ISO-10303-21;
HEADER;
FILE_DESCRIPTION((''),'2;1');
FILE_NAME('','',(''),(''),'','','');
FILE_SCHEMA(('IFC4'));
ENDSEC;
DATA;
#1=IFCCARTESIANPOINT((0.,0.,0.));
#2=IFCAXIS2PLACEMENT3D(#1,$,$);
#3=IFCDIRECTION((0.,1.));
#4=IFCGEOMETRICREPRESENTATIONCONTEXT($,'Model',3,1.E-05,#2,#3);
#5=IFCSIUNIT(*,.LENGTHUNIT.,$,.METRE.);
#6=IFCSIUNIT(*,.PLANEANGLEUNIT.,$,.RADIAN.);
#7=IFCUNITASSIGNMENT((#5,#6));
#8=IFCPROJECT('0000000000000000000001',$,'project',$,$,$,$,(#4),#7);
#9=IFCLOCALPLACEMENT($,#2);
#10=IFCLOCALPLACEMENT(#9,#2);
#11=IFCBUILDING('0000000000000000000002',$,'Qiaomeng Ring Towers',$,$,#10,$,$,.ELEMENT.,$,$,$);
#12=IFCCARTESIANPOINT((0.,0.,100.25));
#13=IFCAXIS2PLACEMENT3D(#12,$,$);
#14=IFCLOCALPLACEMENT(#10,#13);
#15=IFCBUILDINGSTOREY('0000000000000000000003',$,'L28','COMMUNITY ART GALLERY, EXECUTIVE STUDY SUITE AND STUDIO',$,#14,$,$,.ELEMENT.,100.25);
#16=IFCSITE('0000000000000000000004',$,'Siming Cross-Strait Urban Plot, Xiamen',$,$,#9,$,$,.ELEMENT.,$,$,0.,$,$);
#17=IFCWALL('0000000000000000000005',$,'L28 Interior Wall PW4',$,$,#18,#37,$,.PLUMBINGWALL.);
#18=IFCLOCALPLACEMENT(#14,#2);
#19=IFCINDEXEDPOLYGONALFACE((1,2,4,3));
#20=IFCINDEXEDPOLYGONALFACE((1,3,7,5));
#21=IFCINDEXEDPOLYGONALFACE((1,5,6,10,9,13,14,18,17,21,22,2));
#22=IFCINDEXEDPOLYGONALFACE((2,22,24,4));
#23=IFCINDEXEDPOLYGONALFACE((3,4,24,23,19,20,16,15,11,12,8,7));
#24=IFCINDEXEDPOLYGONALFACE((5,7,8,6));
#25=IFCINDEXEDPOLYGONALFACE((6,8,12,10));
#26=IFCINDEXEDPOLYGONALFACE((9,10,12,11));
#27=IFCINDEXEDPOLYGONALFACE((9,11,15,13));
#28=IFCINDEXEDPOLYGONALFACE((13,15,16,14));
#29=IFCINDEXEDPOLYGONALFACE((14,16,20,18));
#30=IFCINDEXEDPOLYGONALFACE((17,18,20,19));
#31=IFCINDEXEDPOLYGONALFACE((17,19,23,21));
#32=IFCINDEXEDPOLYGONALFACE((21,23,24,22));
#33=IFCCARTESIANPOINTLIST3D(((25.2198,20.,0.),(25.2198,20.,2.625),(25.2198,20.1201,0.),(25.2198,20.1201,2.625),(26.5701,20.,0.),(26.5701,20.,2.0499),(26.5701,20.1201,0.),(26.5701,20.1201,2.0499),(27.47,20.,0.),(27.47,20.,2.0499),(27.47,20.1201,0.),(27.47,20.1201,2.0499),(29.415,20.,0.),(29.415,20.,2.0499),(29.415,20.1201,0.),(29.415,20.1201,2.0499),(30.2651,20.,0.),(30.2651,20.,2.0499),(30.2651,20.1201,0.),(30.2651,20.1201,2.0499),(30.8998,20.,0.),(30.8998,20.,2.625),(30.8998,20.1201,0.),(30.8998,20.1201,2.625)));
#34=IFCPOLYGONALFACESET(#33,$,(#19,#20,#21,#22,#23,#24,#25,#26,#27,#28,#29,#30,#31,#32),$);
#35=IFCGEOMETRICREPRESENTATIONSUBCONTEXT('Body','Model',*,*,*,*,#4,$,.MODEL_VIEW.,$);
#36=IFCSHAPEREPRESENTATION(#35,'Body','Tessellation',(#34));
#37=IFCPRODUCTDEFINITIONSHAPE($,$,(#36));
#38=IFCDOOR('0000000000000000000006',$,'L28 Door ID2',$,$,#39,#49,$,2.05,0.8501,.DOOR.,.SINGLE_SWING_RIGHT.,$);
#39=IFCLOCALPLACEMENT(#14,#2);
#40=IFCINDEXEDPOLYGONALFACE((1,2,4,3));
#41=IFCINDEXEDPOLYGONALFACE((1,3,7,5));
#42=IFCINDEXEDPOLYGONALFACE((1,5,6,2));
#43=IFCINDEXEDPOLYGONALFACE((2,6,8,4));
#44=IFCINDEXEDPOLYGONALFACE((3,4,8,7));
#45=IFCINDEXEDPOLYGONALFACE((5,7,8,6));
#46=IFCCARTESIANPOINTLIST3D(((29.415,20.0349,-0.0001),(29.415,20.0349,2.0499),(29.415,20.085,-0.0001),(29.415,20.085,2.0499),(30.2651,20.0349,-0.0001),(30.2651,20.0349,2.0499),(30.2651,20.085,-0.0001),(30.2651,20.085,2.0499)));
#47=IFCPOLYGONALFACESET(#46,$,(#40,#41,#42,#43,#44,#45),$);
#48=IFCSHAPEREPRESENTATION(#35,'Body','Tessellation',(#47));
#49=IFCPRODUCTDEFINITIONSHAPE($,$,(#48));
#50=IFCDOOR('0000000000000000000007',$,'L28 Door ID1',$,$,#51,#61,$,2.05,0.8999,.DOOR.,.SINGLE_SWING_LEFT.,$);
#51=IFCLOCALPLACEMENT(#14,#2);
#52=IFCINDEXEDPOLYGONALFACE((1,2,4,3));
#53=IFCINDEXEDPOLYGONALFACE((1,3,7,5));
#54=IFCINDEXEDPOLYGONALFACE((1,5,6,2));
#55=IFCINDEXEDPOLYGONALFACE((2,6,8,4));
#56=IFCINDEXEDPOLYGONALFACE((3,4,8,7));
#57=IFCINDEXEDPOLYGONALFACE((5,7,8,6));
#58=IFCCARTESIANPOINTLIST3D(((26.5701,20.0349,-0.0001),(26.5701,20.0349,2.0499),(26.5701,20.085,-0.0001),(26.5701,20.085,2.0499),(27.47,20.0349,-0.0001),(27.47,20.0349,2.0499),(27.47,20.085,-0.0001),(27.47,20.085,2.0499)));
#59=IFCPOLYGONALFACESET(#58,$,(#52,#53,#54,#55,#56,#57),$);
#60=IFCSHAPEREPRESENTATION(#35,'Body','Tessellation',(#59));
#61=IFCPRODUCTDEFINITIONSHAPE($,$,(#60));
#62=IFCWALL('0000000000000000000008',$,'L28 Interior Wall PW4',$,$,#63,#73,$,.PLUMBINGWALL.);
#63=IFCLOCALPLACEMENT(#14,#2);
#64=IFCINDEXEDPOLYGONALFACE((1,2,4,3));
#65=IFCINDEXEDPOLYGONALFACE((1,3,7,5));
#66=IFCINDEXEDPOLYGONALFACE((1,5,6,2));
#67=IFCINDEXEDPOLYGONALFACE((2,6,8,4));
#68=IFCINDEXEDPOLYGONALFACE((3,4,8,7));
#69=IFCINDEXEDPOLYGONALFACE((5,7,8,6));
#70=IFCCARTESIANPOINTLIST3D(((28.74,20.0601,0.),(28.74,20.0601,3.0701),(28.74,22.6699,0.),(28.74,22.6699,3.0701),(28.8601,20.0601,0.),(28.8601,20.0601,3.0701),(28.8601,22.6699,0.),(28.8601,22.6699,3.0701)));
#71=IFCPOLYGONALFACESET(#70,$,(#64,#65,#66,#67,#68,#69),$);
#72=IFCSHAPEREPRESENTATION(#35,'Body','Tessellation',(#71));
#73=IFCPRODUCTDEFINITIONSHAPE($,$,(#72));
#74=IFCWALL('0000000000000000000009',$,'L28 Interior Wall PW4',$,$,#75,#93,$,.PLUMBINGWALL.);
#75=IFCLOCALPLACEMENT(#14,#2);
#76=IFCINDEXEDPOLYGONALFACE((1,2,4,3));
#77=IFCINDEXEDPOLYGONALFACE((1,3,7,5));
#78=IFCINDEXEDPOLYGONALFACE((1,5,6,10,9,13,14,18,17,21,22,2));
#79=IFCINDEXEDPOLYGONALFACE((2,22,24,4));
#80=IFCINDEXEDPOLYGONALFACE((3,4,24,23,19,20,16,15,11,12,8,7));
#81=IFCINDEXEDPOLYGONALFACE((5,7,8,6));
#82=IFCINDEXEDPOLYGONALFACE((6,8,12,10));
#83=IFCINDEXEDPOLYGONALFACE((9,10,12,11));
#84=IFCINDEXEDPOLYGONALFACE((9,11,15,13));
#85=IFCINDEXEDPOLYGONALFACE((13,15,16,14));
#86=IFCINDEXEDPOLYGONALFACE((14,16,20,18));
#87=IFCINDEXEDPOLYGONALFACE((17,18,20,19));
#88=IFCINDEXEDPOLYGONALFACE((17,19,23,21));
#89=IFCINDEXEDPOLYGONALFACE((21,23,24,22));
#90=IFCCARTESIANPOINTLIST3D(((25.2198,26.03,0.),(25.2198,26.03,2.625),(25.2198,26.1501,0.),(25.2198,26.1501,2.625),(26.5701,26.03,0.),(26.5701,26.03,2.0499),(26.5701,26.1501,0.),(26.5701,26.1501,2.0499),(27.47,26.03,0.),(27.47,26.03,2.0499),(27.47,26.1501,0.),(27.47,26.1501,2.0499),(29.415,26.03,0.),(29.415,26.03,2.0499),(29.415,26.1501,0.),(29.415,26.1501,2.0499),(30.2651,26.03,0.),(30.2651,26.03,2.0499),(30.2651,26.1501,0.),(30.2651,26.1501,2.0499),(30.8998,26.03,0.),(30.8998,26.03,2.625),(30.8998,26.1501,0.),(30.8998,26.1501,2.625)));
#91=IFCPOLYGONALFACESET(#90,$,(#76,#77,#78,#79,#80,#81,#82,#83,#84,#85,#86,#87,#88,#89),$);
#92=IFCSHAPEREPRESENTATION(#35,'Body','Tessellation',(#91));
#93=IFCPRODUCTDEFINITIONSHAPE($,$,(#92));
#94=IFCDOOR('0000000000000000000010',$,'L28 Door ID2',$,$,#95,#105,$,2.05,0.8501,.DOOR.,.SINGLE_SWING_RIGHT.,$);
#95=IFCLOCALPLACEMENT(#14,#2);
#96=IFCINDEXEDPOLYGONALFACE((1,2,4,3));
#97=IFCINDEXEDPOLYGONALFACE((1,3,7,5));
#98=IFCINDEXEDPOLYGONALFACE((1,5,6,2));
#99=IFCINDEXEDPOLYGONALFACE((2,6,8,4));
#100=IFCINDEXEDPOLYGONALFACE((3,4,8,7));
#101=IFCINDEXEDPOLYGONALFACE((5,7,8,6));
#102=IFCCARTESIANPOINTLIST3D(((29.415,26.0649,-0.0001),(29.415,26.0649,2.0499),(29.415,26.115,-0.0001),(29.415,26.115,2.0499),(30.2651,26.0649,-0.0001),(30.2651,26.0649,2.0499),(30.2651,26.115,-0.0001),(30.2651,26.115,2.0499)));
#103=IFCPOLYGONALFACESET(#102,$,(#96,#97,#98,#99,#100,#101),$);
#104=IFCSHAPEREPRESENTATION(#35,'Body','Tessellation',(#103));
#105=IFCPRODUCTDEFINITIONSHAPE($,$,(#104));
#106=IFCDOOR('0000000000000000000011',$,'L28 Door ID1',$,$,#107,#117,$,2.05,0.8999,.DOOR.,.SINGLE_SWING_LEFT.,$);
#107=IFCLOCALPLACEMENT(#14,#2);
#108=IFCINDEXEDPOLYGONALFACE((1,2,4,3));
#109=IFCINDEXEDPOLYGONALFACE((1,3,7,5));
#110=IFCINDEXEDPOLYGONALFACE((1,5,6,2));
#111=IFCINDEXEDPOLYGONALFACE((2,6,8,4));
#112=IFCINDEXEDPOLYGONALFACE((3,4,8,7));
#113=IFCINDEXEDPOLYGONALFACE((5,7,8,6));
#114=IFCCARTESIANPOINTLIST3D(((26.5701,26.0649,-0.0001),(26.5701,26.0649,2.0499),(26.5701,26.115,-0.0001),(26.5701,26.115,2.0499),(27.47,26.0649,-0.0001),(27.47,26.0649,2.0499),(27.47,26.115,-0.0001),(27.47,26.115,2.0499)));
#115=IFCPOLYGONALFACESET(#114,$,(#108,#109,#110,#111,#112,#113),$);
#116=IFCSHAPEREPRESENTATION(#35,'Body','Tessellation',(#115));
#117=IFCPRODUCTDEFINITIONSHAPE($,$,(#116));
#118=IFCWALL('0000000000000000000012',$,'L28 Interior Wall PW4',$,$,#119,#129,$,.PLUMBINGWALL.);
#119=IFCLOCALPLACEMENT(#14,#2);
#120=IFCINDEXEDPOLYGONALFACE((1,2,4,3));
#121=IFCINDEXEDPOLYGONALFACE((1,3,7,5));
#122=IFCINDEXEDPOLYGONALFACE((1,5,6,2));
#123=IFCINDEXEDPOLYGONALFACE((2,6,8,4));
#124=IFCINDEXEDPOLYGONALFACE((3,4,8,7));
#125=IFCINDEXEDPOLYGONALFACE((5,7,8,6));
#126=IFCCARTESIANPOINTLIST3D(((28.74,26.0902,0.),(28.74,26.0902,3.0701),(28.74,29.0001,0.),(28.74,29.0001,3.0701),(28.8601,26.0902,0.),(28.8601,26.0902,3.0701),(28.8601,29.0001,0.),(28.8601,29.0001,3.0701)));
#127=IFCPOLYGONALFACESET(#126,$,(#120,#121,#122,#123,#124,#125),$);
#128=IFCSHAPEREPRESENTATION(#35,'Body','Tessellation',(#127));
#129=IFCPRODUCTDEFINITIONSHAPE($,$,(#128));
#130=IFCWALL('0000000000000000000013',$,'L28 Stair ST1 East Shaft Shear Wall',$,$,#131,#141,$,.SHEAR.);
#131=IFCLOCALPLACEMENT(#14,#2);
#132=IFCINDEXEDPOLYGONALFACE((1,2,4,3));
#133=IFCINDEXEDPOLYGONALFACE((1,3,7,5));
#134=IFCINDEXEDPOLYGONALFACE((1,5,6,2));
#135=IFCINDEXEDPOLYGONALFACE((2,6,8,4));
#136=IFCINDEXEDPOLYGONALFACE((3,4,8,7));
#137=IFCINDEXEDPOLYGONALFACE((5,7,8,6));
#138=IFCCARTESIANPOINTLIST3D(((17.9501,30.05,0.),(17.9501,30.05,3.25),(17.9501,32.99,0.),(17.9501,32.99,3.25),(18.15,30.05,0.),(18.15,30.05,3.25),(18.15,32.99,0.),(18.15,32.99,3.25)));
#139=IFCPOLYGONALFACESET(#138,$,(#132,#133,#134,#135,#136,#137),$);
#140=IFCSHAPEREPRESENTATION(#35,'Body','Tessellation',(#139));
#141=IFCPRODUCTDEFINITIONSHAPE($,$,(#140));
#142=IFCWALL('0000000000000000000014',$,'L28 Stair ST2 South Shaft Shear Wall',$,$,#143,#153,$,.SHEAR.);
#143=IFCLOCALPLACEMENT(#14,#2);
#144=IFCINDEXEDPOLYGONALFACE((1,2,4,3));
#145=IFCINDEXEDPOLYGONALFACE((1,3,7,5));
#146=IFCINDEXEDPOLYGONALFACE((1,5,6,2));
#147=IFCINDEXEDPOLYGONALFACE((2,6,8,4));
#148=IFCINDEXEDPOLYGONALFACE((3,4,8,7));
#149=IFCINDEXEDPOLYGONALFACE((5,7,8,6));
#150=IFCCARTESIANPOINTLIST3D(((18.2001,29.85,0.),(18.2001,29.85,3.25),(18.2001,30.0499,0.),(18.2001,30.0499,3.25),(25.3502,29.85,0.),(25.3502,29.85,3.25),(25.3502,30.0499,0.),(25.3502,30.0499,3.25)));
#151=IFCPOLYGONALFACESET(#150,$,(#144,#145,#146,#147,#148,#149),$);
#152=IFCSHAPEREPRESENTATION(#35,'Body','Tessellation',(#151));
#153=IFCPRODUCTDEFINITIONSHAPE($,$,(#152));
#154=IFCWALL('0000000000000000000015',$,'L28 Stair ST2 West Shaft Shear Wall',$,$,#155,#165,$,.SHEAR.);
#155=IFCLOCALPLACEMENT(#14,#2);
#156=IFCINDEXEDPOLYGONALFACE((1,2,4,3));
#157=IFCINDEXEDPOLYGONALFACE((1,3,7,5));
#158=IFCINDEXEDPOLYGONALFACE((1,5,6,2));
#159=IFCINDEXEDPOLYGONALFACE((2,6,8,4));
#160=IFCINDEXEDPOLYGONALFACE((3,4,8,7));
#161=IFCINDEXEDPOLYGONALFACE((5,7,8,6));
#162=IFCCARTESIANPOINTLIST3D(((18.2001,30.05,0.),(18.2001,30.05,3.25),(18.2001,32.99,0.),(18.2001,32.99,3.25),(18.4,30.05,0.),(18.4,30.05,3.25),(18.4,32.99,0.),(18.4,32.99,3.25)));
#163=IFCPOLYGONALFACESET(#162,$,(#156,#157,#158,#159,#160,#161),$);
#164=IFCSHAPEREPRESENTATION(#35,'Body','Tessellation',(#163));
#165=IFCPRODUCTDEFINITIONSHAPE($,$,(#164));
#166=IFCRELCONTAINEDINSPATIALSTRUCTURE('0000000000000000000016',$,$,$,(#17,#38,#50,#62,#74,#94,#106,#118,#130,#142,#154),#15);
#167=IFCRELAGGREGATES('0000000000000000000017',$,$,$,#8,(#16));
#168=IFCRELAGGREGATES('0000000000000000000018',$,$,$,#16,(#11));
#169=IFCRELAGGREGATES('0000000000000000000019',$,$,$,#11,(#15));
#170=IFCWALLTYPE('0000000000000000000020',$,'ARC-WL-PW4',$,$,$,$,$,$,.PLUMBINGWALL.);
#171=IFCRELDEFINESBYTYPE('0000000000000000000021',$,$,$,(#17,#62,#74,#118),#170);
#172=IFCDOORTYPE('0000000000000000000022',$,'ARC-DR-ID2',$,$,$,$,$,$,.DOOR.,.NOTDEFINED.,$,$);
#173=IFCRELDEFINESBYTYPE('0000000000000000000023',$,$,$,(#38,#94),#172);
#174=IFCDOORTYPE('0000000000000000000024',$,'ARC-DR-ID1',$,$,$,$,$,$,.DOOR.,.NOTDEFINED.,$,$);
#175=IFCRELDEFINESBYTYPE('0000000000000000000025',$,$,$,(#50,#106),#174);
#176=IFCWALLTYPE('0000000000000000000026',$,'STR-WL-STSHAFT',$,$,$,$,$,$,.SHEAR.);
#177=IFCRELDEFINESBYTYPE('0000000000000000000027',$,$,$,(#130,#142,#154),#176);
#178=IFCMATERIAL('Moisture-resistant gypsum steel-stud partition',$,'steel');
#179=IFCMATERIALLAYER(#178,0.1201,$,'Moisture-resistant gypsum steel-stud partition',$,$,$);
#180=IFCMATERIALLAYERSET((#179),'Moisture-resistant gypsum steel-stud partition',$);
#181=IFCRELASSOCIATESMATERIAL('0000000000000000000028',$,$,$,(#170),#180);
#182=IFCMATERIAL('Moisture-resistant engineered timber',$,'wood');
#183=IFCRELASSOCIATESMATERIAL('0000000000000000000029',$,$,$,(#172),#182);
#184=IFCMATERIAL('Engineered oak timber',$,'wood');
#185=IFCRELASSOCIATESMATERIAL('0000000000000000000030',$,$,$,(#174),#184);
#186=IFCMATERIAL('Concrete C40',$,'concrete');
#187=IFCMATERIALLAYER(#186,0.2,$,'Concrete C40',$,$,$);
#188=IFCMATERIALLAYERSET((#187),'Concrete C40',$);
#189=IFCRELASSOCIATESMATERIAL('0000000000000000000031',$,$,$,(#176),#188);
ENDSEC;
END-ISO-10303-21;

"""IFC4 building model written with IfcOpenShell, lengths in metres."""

from ifc_helpers import new_model, si_unit, direction, frame, frame_2d, origin, place, context, subcontext, project, spatial, rectangle, extrude, source, transform, mapped, material, layer, layer_set, type_object, element, fill, save


model = new_model("IFC4")

# Units and contexts
model_context = context("Model", 3, precision=1e-05, world=origin(), true_north=direction((0.0, 1.0)))
body_context = subcontext(model_context, "Body", "Model", "MODEL_VIEW")
ifc_project = project(units=[si_unit("LENGTHUNIT", "METRE"), si_unit("PLANEANGLEUNIT", "RADIAN")], contexts=[model_context])

# Site, building, storey
site_placement = place(None, origin())
site = spatial("IfcSite", under=ifc_project, at=site_placement, Name="Siming Cross-Strait Urban Plot, Xiamen", CompositionType="ELEMENT", RefElevation=0.0)
building_placement = place(site_placement, origin())
building = spatial("IfcBuilding", under=site, at=building_placement, Name="Qiaomeng Ring Towers", CompositionType="ELEMENT")
storey_placement = place(building_placement, frame((0.0, 0.0, 100.25)))
storey = spatial("IfcBuildingStorey", under=building, at=storey_placement, Name="L28", Description="COMMUNITY ART GALLERY, EXECUTIVE STUDY SUITE AND STUDIO", CompositionType="ELEMENT", Elevation=100.25)

# Wall, openings, doors
ifc_material_1 = material(Name="Moisture-resistant gypsum steel-stud partition", Category="steel")
ifc_layer_1 = layer(ifc_material_1, 0.1201, Name="Moisture-resistant gypsum steel-stud partition")
ifc_layer_set_1 = layer_set([ifc_layer_1], Name="Moisture-resistant gypsum steel-stud partition")
wall_type_1 = type_object("IfcWallType", Name="ARC-WL-PW4", PredefinedType="PLUMBINGWALL", material=ifc_layer_set_1)
wall_1_placement = place(storey_placement, frame((25.22, 20.0601, 0.0), z_axis=(0.0, 0.0, 1.0), x_axis=(1.0, 0.0, 0.0)))
wall_1 = element("IfcWall", 1, at=wall_1_placement, inside=storey, type_object=wall_type_1, Name="L28 Interior Wall PW4", PredefinedType="PLUMBINGWALL", context=body_context, shape_type="SweptSolid", body=[
    extrude(rectangle(XDim=5.6799, YDim=0.1201, at=frame_2d((2.8398, 0.0))), origin(), (0.0, 0.0, 1.0), 2.625),
])
opening_1_placement = place(wall_1_placement, frame((1.3501, 0.0, 0.0)))
opening_1 = element("IfcOpeningElement", 2, at=opening_1_placement, cuts=wall_1, PredefinedType="OPENING", context=body_context, shape_type="SweptSolid", body=[
    extrude(rectangle(XDim=0.8999, YDim=2.05, at=frame_2d((0.45, 1.0249))), frame((0.0, 0.0701, 0.0), z_axis=(0.0, -1.0, 0.0), x_axis=(1.0, 0.0, 0.0)), (0.0, 0.0, 1.0), 0.1401),
])
opening_2_placement = place(wall_1_placement, frame((4.1951, 0.0, 0.0)))
opening_2 = element("IfcOpeningElement", 3, at=opening_2_placement, cuts=wall_1, PredefinedType="OPENING", context=body_context, shape_type="SweptSolid", body=[
    extrude(rectangle(XDim=0.8501, YDim=2.05, at=frame_2d((0.425, 1.0249))), frame((0.0, 0.0701, 0.0), z_axis=(0.0, -1.0, 0.0), x_axis=(1.0, 0.0, 0.0)), (0.0, 0.0, 1.0), 0.1401),
])
ifc_material_2 = material(Name="Moisture-resistant engineered timber", Category="wood")
door_type_1 = type_object("IfcDoorType", Name="ARC-DR-ID2", OperationType="NOTDEFINED", PredefinedType="DOOR", material=ifc_material_2)
shared_shape_1 = source(origin(), body_context, "Body", "SweptSolid", [
    extrude(rectangle(XDim=0.8501, YDim=2.05, at=frame_2d((0.425, 1.0249))), frame((0.0, 0.0249, 0.0), z_axis=(0.0, -1.0, 0.0), x_axis=(1.0, 0.0, 0.0)), (0.0, 0.0, 1.0), 0.05),
])
door_1_placement = place(opening_2_placement, origin())
door_1 = element("IfcDoor", 4, at=door_1_placement, inside=storey, type_object=door_type_1, Name="L28 Door ID2", OperationType="SINGLE_SWING_RIGHT", OverallHeight=2.05, OverallWidth=0.8501, PredefinedType="DOOR", context=body_context, shape_type="MappedRepresentation", body=[
    mapped(shared_shape_1, transform((0.0, 0.0, 0.0), x_axis=(1.0, 0.0, 0.0), y_axis=(0.0, 1.0, 0.0), z_axis=(0.0, 0.0, 1.0), scale=1.0)),
])
fill(opening_2, door_1)
ifc_material_3 = material(Name="Engineered oak timber", Category="wood")
door_type_2 = type_object("IfcDoorType", Name="ARC-DR-ID1", OperationType="NOTDEFINED", PredefinedType="DOOR", material=ifc_material_3)
shared_shape_2 = source(origin(), body_context, "Body", "SweptSolid", [
    extrude(rectangle(XDim=0.8999, YDim=2.05, at=frame_2d((0.45, 1.0249))), frame((0.0, 0.0249, 0.0), z_axis=(0.0, -1.0, 0.0), x_axis=(1.0, 0.0, 0.0)), (0.0, 0.0, 1.0), 0.05),
])
door_2_placement = place(opening_1_placement, origin())
door_2 = element("IfcDoor", 5, at=door_2_placement, inside=storey, type_object=door_type_2, Name="L28 Door ID1", OperationType="SINGLE_SWING_LEFT", OverallHeight=2.05, OverallWidth=0.8999, PredefinedType="DOOR", context=body_context, shape_type="MappedRepresentation", body=[
    mapped(shared_shape_2, transform((0.0, 0.0, 0.0), x_axis=(1.0, 0.0, 0.0), y_axis=(0.0, 1.0, 0.0), z_axis=(0.0, 0.0, 1.0), scale=1.0)),
])
fill(opening_1, door_2)

# Wall
wall_2_placement = place(storey_placement, frame((28.8, 20.0601, 0.0), z_axis=(0.0, 0.0, 1.0), x_axis=(0.0, 1.0, 0.0)))
element("IfcWall", 6, at=wall_2_placement, inside=storey, type_object=wall_type_1, Name="L28 Interior Wall PW4", PredefinedType="PLUMBINGWALL", context=body_context, shape_type="SweptSolid", body=[
    extrude(rectangle(XDim=2.6099, YDim=0.1201, at=frame_2d((1.3049, 0.0))), origin(), (0.0, 0.0, 1.0), 3.0701),
])

# Wall, openings, doors
wall_3_placement = place(storey_placement, frame((25.22, 26.0901, 0.0), z_axis=(0.0, 0.0, 1.0), x_axis=(1.0, 0.0, 0.0)))
wall_3 = element("IfcWall", 7, at=wall_3_placement, inside=storey, type_object=wall_type_1, Name="L28 Interior Wall PW4", PredefinedType="PLUMBINGWALL", context=body_context, shape_type="SweptSolid", body=[
    extrude(rectangle(XDim=5.6799, YDim=0.1201, at=frame_2d((2.8398, 0.0))), origin(), (0.0, 0.0, 1.0), 2.625),
])
opening_3_placement = place(wall_3_placement, frame((1.3501, 0.0, 0.0)))
opening_3 = element("IfcOpeningElement", 8, at=opening_3_placement, cuts=wall_3, PredefinedType="OPENING", context=body_context, shape_type="SweptSolid", body=[
    extrude(rectangle(XDim=0.8999, YDim=2.05, at=frame_2d((0.45, 1.0249))), frame((0.0, 0.0701, 0.0), z_axis=(0.0, -1.0, 0.0), x_axis=(1.0, 0.0, 0.0)), (0.0, 0.0, 1.0), 0.1401),
])
opening_4_placement = place(wall_3_placement, frame((4.1951, 0.0, 0.0)))
opening_4 = element("IfcOpeningElement", 9, at=opening_4_placement, cuts=wall_3, PredefinedType="OPENING", context=body_context, shape_type="SweptSolid", body=[
    extrude(rectangle(XDim=0.8501, YDim=2.05, at=frame_2d((0.425, 1.0249))), frame((0.0, 0.0701, 0.0), z_axis=(0.0, -1.0, 0.0), x_axis=(1.0, 0.0, 0.0)), (0.0, 0.0, 1.0), 0.1401),
])
door_3_placement = place(opening_4_placement, origin())
door_3 = element("IfcDoor", 10, at=door_3_placement, inside=storey, type_object=door_type_1, Name="L28 Door ID2", OperationType="SINGLE_SWING_RIGHT", OverallHeight=2.05, OverallWidth=0.8501, PredefinedType="DOOR", context=body_context, shape_type="MappedRepresentation", body=[
    mapped(shared_shape_1, transform((0.0, 0.0, 0.0), x_axis=(1.0, 0.0, 0.0), y_axis=(0.0, 1.0, 0.0), z_axis=(0.0, 0.0, 1.0), scale=1.0)),
])
fill(opening_4, door_3)
door_4_placement = place(opening_3_placement, origin())
door_4 = element("IfcDoor", 11, at=door_4_placement, inside=storey, type_object=door_type_2, Name="L28 Door ID1", OperationType="SINGLE_SWING_LEFT", OverallHeight=2.05, OverallWidth=0.8999, PredefinedType="DOOR", context=body_context, shape_type="MappedRepresentation", body=[
    mapped(shared_shape_2, transform((0.0, 0.0, 0.0), x_axis=(1.0, 0.0, 0.0), y_axis=(0.0, 1.0, 0.0), z_axis=(0.0, 0.0, 1.0), scale=1.0)),
])
fill(opening_3, door_4)

# Walls
wall_4_placement = place(storey_placement, frame((28.8, 26.0901, 0.0), z_axis=(0.0, 0.0, 1.0), x_axis=(0.0, 1.0, 0.0)))
element("IfcWall", 12, at=wall_4_placement, inside=storey, type_object=wall_type_1, Name="L28 Interior Wall PW4", PredefinedType="PLUMBINGWALL", context=body_context, shape_type="SweptSolid", body=[
    extrude(rectangle(XDim=2.9099, YDim=0.1201, at=frame_2d((1.4551, 0.0))), origin(), (0.0, 0.0, 1.0), 3.0701),
])
ifc_material_4 = material(Name="Concrete C40", Category="concrete")
ifc_layer_2 = layer(ifc_material_4, 0.2, Name="Concrete C40")
ifc_layer_set_2 = layer_set([ifc_layer_2], Name="Concrete C40")
wall_type_2 = type_object("IfcWallType", Name="STR-WL-STSHAFT", PredefinedType="SHEAR", material=ifc_layer_set_2)
wall_5_placement = place(storey_placement, frame((18.05, 30.05, 0.0), z_axis=(0.0, 0.0, 1.0), x_axis=(0.0, 1.0, 0.0)))
element("IfcWall", 13, at=wall_5_placement, inside=storey, type_object=wall_type_2, Name="L28 Stair ST1 East Shaft Shear Wall", PredefinedType="SHEAR", context=body_context, shape_type="SweptSolid", body=[
    extrude(rectangle(XDim=2.9399, YDim=0.2, at=frame_2d((1.47, 0.0))), origin(), (0.0, 0.0, 1.0), 3.25),
])
wall_6_placement = place(storey_placement, frame((18.2, 29.95, 0.0), z_axis=(0.0, 0.0, 1.0), x_axis=(1.0, 0.0, 0.0)))
element("IfcWall", 14, at=wall_6_placement, inside=storey, type_object=wall_type_2, Name="L28 Stair ST2 South Shaft Shear Wall", PredefinedType="SHEAR", context=body_context, shape_type="SweptSolid", body=[
    extrude(rectangle(XDim=7.1501, YDim=0.2, at=frame_2d((3.5752, 0.0))), origin(), (0.0, 0.0, 1.0), 3.25),
])
for number, where, z_axis, x_axis, name in (
    (15, (18.3, 30.05, 0.0), (0.0, 0.0, 1.0), (0.0, 1.0, 0.0), "L28 Stair ST2 West Shaft Shear Wall"),
):
    element("IfcWall", number, at=place(storey_placement, frame(where, z_axis=z_axis, x_axis=x_axis)), inside=storey, type_object=wall_type_2, Name=name, PredefinedType="SHEAR", context=body_context, shape_type="SweptSolid", body=[
        extrude(rectangle(XDim=2.9399, YDim=0.2, at=frame_2d((1.47, 0.0))), origin(), (0.0, 0.0, 1.0), 3.25),
    ])

save(model, "model.ifc")
